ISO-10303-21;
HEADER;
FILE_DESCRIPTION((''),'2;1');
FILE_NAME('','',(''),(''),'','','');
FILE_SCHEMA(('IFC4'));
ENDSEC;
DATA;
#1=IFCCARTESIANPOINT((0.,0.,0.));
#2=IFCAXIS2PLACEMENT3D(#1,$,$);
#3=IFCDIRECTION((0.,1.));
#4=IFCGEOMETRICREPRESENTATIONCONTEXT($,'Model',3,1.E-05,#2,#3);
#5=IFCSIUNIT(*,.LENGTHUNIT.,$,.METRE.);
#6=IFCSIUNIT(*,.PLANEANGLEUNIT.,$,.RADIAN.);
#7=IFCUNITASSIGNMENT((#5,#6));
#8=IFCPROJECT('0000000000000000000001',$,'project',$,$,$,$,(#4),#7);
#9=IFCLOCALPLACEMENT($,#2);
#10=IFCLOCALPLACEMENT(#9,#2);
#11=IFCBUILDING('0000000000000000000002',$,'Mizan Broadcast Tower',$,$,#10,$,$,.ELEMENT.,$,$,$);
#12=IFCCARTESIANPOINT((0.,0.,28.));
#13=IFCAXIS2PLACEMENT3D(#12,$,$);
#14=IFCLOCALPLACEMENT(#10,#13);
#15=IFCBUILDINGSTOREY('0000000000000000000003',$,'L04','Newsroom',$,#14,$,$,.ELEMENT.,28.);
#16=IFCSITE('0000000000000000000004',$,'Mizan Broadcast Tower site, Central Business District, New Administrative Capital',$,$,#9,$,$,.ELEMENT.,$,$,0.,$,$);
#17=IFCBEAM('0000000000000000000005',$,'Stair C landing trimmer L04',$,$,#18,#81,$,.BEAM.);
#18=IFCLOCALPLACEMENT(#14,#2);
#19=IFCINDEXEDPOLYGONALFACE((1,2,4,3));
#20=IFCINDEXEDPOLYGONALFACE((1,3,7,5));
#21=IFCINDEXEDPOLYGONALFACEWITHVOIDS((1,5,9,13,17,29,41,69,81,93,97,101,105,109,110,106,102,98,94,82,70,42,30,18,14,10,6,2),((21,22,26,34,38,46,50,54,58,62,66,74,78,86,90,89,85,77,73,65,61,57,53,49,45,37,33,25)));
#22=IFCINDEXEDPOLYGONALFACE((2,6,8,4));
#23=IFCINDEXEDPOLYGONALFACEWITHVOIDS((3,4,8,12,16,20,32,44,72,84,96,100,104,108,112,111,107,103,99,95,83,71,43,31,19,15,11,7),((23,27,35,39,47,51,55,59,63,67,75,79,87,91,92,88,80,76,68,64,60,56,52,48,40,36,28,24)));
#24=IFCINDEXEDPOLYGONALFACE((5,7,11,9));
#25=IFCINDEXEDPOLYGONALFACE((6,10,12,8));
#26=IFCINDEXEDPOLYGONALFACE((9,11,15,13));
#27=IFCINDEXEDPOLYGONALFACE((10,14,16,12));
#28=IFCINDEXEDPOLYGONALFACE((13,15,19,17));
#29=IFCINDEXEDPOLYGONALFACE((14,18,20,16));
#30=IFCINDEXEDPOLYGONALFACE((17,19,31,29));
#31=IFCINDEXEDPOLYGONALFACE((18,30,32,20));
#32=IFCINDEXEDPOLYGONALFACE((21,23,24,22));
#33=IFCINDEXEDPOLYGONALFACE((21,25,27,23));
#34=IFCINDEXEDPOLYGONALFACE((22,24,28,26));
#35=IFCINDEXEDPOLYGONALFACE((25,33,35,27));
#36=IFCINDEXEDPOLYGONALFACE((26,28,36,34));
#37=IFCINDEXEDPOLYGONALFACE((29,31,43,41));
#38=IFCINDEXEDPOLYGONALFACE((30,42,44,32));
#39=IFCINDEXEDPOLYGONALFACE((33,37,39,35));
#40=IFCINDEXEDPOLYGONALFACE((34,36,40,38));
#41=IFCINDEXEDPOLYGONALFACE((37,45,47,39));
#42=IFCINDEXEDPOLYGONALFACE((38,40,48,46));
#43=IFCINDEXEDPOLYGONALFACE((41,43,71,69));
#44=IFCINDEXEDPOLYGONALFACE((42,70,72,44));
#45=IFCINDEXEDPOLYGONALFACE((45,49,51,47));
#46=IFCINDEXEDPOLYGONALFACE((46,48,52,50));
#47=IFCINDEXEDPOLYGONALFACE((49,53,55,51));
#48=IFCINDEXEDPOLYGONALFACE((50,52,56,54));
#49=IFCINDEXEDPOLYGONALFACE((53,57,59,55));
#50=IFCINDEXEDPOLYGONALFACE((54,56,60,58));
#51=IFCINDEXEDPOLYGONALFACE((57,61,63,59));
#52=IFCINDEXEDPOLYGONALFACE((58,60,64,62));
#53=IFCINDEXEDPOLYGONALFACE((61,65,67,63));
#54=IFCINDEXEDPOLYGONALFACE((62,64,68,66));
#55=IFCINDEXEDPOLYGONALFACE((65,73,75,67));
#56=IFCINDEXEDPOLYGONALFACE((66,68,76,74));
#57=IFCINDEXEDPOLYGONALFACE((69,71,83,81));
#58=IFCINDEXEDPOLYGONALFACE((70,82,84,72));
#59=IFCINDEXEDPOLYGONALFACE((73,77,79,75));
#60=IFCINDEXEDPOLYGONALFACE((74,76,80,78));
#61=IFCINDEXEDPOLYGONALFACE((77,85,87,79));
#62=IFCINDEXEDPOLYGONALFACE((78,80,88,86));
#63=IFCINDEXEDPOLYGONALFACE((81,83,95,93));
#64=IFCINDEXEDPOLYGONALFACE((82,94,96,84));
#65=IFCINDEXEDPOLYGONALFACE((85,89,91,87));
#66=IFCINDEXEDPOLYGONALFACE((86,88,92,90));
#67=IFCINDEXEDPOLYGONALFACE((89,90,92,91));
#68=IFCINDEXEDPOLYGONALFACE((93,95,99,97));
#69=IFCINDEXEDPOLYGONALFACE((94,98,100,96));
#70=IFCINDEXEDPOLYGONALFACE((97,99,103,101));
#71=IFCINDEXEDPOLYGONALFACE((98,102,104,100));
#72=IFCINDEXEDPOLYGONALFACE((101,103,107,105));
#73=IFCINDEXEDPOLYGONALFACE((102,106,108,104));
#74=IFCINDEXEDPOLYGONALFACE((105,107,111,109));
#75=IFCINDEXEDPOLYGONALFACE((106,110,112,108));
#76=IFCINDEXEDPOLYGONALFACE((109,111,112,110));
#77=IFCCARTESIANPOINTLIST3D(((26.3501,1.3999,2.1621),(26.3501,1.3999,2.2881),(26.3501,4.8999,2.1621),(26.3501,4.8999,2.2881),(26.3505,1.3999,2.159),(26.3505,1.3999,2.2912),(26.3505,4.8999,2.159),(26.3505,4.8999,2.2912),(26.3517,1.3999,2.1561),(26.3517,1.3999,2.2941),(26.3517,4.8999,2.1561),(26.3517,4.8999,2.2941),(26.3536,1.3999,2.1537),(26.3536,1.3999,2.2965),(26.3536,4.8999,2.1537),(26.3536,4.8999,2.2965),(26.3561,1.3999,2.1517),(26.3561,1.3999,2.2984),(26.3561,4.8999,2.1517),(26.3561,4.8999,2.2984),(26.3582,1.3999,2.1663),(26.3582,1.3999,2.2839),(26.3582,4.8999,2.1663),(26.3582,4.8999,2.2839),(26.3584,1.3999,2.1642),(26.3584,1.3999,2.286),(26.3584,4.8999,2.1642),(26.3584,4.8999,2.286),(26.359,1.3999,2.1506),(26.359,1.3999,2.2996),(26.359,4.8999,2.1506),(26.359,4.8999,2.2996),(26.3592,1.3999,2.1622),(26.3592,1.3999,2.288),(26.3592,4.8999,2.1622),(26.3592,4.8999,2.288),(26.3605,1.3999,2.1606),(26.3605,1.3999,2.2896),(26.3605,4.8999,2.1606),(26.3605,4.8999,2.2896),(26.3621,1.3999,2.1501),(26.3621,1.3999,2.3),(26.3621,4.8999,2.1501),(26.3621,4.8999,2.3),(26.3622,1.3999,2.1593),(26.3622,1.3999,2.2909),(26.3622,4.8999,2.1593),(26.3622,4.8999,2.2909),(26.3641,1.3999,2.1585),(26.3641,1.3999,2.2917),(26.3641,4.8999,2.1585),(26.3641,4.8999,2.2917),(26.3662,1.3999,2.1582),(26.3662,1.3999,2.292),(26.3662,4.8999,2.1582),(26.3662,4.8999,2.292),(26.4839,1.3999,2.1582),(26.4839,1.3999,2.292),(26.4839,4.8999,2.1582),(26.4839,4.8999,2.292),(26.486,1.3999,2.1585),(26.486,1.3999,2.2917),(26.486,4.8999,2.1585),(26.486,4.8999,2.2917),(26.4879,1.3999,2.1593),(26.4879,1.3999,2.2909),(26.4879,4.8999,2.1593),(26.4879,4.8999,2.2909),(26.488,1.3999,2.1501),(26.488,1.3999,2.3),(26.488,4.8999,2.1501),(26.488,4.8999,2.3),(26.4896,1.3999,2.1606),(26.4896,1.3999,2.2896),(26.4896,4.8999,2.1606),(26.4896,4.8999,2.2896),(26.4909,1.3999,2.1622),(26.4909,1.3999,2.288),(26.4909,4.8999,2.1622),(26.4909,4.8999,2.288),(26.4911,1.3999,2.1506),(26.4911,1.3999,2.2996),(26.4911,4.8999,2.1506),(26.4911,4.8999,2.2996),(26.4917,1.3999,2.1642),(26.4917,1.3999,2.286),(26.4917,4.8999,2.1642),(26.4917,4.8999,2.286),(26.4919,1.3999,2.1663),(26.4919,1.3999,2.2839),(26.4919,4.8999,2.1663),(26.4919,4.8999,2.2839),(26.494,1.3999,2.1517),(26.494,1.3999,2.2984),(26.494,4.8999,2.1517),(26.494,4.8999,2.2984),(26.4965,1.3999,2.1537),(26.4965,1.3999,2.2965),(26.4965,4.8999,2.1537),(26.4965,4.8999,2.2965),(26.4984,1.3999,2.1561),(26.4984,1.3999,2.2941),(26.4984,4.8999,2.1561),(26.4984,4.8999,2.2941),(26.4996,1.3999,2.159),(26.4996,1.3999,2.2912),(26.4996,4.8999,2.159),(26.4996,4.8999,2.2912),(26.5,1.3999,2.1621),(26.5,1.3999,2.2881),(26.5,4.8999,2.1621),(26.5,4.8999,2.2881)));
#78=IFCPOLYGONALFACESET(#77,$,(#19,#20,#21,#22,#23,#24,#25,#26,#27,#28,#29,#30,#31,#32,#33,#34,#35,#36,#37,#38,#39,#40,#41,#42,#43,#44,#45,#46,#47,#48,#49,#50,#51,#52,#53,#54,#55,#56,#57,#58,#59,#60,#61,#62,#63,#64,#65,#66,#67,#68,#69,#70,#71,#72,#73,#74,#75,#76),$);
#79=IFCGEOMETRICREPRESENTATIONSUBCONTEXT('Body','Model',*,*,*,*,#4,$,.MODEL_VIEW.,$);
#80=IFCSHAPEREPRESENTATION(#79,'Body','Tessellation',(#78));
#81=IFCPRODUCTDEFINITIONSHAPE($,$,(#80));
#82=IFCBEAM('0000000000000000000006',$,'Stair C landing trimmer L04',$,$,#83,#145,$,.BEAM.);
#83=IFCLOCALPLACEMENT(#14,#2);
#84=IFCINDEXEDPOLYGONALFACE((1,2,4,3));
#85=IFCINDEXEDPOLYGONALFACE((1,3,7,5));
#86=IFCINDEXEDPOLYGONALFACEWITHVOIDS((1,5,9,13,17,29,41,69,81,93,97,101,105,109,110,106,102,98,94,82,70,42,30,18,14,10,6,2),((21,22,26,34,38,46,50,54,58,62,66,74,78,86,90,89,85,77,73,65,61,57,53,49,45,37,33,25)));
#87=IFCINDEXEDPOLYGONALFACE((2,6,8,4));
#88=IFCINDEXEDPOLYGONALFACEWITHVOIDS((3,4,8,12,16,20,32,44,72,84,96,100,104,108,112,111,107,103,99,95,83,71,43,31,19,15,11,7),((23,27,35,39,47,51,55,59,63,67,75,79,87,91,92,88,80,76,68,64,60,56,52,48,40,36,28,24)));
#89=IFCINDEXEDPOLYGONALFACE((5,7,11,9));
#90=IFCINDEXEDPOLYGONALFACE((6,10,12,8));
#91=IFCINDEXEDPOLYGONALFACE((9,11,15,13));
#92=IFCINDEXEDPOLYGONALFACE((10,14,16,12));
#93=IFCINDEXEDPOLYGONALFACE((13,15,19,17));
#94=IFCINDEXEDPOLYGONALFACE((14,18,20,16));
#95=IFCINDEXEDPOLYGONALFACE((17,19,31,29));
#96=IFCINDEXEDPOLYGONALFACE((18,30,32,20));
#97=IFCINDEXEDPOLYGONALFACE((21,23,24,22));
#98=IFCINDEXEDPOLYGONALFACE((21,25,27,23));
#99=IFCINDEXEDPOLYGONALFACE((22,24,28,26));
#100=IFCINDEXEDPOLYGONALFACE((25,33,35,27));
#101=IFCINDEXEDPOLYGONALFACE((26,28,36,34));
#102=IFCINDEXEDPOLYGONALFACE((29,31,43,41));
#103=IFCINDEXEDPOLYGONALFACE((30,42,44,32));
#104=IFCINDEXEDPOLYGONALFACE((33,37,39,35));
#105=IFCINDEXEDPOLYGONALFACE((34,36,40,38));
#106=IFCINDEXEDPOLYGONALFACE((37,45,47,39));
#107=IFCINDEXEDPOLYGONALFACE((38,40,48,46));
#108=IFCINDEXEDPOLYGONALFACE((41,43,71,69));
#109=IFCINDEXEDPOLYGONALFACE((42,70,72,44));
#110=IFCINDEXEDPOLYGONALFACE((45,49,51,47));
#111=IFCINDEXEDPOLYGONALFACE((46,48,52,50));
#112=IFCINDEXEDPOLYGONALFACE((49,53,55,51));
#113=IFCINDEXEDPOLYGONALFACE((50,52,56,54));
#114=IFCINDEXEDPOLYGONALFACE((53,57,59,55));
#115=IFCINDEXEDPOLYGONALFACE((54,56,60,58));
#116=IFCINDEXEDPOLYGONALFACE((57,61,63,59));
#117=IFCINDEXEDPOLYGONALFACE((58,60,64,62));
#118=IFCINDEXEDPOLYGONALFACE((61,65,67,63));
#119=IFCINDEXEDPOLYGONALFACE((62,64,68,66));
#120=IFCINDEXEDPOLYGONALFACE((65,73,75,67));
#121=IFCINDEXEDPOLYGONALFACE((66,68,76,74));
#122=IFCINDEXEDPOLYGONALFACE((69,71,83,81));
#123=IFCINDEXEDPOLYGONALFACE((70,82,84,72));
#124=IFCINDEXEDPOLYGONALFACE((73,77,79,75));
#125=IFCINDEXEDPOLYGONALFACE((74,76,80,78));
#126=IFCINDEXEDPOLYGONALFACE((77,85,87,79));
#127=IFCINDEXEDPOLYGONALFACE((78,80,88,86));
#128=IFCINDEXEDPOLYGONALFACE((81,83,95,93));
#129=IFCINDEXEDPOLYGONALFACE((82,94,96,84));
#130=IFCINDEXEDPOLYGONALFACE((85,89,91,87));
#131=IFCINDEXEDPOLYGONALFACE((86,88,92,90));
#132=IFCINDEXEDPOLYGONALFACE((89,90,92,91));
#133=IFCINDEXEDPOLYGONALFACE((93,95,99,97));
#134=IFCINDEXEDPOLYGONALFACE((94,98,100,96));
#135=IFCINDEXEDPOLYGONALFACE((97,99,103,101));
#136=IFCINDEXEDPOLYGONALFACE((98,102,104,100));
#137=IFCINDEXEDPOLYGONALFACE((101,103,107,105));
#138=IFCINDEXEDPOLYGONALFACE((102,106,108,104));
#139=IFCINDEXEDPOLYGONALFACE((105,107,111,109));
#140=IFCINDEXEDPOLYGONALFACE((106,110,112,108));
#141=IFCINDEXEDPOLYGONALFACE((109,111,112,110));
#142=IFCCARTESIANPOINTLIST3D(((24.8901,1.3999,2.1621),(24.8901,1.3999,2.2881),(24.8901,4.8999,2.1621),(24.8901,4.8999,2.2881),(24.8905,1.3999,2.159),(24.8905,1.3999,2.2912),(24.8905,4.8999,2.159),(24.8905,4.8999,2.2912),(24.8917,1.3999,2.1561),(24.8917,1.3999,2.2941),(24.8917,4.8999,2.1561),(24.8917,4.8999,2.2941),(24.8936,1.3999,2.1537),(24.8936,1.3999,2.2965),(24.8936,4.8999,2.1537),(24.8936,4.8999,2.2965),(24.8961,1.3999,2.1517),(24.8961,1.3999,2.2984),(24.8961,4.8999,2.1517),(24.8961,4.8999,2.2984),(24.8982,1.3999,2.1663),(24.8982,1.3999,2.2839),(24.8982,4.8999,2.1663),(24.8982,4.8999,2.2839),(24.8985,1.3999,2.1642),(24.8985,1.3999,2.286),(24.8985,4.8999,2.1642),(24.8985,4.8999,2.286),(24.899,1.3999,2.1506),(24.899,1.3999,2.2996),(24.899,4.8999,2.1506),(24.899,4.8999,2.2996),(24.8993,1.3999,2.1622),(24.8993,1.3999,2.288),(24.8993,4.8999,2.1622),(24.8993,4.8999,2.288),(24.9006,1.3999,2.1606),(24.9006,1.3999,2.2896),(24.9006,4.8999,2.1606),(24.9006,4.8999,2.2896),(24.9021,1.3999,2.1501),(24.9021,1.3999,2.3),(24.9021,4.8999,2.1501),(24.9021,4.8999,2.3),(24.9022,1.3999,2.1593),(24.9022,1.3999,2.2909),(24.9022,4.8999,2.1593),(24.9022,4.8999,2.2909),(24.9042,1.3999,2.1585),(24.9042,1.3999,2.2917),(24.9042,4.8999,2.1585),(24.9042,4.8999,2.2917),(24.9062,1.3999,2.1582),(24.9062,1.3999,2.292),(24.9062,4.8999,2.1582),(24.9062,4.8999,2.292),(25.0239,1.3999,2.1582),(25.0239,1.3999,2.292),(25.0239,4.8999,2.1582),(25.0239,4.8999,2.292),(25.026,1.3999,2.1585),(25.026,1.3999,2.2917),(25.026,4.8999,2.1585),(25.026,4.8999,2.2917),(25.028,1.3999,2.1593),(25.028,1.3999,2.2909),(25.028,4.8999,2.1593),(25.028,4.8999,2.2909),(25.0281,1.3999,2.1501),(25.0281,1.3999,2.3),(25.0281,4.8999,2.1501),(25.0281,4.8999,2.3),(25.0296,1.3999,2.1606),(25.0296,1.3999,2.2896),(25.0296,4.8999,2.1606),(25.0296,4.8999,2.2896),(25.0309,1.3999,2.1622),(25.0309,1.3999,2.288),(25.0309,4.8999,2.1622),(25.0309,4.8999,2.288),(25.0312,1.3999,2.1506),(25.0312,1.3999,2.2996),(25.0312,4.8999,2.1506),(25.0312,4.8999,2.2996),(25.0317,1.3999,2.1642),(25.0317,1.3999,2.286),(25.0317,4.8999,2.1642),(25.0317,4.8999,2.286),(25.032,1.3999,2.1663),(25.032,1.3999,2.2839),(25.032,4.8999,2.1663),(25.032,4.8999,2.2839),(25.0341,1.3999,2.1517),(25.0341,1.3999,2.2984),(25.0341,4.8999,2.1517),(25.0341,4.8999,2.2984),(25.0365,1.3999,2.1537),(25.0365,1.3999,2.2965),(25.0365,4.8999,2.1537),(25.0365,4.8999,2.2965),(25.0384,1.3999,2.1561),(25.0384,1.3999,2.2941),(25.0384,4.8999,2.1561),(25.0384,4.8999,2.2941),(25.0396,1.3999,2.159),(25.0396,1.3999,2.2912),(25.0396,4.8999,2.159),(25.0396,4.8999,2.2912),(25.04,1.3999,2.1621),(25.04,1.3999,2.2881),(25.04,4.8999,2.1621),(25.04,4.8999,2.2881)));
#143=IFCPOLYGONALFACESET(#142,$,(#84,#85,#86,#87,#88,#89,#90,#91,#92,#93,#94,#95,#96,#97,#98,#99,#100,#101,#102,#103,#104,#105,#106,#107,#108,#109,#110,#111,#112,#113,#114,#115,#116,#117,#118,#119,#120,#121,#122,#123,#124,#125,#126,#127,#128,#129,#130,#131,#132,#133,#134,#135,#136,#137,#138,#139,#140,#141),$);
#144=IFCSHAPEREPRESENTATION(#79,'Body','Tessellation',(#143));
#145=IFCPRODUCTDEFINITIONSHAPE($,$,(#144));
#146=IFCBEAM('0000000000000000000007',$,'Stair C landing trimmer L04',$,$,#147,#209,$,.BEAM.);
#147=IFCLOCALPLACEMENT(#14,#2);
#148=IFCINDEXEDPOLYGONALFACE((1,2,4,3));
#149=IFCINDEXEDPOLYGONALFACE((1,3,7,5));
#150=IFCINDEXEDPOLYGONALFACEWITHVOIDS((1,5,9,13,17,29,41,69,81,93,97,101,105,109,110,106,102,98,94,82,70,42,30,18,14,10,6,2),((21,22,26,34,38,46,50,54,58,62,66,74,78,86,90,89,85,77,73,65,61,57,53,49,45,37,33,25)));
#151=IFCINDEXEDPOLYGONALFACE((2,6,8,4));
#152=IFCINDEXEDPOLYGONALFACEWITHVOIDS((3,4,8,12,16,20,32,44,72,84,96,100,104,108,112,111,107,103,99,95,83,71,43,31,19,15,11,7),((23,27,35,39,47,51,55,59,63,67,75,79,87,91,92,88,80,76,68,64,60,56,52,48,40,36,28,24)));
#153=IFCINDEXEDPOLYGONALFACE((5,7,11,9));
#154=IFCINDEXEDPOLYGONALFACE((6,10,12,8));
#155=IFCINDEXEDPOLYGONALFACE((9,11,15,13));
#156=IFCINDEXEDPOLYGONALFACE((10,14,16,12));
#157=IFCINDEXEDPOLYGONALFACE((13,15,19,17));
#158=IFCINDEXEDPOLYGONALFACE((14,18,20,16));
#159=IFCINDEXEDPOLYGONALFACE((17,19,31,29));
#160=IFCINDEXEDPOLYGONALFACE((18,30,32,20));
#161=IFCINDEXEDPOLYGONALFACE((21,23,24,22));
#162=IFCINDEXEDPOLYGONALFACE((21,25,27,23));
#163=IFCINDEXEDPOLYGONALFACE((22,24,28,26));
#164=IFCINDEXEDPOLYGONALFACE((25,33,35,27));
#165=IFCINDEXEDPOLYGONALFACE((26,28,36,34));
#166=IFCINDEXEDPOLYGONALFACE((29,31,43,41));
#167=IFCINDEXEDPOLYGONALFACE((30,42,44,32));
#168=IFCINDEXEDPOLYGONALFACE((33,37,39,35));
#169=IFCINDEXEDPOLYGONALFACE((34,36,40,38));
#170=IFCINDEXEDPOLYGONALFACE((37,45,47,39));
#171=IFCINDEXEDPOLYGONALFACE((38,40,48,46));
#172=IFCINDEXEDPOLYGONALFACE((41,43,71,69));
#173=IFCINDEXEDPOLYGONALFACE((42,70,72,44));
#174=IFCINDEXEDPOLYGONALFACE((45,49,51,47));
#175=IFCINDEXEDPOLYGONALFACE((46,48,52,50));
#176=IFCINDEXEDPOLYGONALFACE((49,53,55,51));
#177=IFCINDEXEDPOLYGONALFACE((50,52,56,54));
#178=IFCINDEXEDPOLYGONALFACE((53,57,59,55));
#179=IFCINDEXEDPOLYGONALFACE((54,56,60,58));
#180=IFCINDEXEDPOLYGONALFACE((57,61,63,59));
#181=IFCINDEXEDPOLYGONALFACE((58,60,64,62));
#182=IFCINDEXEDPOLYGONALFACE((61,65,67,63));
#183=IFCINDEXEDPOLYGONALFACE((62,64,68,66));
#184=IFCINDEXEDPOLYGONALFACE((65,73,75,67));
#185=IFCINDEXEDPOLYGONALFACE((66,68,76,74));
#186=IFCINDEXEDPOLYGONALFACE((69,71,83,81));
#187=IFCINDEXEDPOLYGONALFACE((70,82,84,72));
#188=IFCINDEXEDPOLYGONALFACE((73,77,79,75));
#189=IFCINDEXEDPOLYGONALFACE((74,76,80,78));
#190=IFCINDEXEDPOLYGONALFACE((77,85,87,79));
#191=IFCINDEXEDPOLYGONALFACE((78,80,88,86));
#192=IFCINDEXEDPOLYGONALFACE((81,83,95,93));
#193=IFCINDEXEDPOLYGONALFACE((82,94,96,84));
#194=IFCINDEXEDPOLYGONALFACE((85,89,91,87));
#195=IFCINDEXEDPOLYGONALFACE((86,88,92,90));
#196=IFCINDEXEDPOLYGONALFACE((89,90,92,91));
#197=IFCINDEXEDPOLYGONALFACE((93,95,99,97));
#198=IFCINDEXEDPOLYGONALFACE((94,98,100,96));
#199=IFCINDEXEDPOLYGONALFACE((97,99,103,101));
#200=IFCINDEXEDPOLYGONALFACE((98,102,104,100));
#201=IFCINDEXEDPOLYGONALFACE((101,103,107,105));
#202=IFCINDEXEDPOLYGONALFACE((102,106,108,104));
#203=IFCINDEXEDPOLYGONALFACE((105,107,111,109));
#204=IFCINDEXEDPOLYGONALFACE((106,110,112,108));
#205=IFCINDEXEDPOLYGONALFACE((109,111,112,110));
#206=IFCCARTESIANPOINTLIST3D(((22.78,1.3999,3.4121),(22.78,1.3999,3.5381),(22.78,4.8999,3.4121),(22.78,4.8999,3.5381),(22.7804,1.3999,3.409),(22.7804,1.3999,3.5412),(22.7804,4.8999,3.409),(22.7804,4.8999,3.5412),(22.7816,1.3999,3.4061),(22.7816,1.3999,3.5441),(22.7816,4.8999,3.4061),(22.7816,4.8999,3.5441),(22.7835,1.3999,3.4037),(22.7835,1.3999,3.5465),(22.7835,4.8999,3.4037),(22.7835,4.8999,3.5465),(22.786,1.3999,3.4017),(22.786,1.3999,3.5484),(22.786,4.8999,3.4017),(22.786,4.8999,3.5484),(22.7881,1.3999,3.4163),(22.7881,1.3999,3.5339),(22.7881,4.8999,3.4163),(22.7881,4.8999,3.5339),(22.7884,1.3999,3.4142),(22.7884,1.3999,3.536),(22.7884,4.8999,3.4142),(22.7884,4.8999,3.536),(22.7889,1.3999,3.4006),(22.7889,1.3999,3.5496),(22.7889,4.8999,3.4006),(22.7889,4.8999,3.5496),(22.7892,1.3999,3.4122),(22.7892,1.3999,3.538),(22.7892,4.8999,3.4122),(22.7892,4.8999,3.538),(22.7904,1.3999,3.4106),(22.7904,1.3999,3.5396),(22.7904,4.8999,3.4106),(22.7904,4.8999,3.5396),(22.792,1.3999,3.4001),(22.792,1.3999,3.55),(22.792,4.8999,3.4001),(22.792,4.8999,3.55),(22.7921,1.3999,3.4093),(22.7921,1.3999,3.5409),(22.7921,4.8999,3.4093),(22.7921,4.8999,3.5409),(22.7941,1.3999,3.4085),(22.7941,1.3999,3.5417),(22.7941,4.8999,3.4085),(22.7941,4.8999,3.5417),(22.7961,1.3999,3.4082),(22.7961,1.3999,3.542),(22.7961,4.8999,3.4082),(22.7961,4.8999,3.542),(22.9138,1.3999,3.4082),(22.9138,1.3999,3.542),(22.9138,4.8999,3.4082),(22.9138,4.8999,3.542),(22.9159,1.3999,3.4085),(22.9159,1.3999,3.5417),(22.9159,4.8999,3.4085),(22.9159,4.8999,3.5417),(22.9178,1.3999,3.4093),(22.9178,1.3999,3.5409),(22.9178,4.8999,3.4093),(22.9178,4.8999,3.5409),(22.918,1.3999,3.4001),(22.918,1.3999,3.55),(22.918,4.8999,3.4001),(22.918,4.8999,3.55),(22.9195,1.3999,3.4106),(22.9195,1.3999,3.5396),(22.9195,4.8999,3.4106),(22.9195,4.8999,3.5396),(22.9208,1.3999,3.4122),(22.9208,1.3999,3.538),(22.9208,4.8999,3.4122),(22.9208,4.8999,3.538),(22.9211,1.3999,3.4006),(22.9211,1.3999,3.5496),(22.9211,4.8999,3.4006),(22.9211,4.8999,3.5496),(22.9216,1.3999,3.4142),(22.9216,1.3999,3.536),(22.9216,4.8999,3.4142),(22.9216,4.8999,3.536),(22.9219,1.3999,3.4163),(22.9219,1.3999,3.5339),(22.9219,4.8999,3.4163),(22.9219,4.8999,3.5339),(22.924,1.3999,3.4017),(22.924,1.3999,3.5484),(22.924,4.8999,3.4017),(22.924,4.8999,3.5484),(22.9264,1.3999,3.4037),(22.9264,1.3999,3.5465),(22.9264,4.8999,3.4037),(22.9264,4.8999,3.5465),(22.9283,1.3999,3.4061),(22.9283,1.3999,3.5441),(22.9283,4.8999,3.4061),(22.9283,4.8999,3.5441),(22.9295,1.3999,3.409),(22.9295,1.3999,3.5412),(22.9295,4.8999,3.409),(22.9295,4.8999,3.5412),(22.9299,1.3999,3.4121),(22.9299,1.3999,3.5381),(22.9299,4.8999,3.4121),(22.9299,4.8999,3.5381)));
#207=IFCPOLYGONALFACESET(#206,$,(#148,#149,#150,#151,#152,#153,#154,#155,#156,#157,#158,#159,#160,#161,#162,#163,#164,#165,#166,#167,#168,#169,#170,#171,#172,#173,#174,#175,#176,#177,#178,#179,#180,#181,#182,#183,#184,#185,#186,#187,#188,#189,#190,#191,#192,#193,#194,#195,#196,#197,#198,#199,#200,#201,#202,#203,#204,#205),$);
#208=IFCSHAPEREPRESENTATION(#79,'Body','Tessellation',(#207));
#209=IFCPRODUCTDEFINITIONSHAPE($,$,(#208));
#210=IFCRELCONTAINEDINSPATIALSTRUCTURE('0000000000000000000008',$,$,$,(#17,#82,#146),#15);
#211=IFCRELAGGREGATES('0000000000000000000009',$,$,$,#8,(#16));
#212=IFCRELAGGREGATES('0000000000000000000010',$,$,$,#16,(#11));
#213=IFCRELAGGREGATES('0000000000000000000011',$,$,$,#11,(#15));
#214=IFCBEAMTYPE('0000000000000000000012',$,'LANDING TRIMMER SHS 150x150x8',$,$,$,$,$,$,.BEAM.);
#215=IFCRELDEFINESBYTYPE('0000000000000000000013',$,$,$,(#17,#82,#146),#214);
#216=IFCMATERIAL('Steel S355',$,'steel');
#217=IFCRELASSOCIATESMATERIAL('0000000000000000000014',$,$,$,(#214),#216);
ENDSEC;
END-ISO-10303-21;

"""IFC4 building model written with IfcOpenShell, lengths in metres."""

from ifc_helpers import new_model, si_unit, direction, frame, origin, origin_2d, place, context, subcontext, project, spatial, hollow_rectangle, extrude, material, material_profile, profile_set, type_object, element, save


model = new_model("IFC4")

# Units and contexts
model_context = context("Model", 3, precision=1e-05, world=origin(), true_north=direction((0.0, 1.0)))
body_context = subcontext(model_context, "Body", "Model", "MODEL_VIEW")
ifc_project = project(units=[si_unit("LENGTHUNIT", "METRE"), si_unit("PLANEANGLEUNIT", "RADIAN")], contexts=[model_context])

# Site, building, storey
site_placement = place(None, origin())
site = spatial("IfcSite", under=ifc_project, at=site_placement, Name="Mizan Broadcast Tower site, Central Business District, New Administrative Capital", CompositionType="ELEMENT", RefElevation=0.0)
building_placement = place(site_placement, origin())
building = spatial("IfcBuilding", under=site, at=building_placement, Name="Mizan Broadcast Tower", CompositionType="ELEMENT")
storey_placement = place(building_placement, frame((0.0, 0.0, 28.0)))
storey = spatial("IfcBuildingStorey", under=building, at=storey_placement, Name="L04", Description="Newsroom", CompositionType="ELEMENT", Elevation=28.0)

# Beams
ifc_material_1 = material(Name="Steel S355", Category="steel")
ifc_material_profile_1 = material_profile(ifc_material_1, hollow_rectangle(XDim=0.1499, YDim=0.1499, WallThickness=0.0081, InnerFilletRadius=0.0081, OuterFilletRadius=0.012, at=origin_2d()), Name="SHS 150x150x8")
ifc_profile_set_1 = profile_set([ifc_material_profile_1], Name="Steel S355")
beam_type_1 = type_object("IfcBeamType", Name="LANDING TRIMMER SHS 150x150x8", PredefinedType="BEAM", material=ifc_profile_set_1)
for number, where, z_axis, x_axis, name in (
    (1, (26.425, 1.3999, 2.2251), (0.0, 1.0, 0.0), (-1.0, 0.0, 0.0), "Stair C landing trimmer L04"),
    (2, (24.9651, 1.3999, 2.2251), (0.0, 1.0, 0.0), (-1.0, 0.0, 0.0), "Stair C landing trimmer L04"),
    (3, (22.855, 1.3999, 3.4751), (0.0, 1.0, 0.0), (-1.0, 0.0, 0.0), "Stair C landing trimmer L04"),
):
    element("IfcBeam", number, at=place(storey_placement, frame(where, z_axis=z_axis, x_axis=x_axis)), inside=storey, type_object=beam_type_1, Name=name, PredefinedType="BEAM", context=body_context, shape_type="SweptSolid", body=[
        extrude(hollow_rectangle(XDim=0.1499, YDim=0.1499, WallThickness=0.0081, InnerFilletRadius=0.0081, OuterFilletRadius=0.012, at=origin_2d()), origin(), (0.0, 0.0, 1.0), 3.5),
    ])

save(model, "model.ifc")
